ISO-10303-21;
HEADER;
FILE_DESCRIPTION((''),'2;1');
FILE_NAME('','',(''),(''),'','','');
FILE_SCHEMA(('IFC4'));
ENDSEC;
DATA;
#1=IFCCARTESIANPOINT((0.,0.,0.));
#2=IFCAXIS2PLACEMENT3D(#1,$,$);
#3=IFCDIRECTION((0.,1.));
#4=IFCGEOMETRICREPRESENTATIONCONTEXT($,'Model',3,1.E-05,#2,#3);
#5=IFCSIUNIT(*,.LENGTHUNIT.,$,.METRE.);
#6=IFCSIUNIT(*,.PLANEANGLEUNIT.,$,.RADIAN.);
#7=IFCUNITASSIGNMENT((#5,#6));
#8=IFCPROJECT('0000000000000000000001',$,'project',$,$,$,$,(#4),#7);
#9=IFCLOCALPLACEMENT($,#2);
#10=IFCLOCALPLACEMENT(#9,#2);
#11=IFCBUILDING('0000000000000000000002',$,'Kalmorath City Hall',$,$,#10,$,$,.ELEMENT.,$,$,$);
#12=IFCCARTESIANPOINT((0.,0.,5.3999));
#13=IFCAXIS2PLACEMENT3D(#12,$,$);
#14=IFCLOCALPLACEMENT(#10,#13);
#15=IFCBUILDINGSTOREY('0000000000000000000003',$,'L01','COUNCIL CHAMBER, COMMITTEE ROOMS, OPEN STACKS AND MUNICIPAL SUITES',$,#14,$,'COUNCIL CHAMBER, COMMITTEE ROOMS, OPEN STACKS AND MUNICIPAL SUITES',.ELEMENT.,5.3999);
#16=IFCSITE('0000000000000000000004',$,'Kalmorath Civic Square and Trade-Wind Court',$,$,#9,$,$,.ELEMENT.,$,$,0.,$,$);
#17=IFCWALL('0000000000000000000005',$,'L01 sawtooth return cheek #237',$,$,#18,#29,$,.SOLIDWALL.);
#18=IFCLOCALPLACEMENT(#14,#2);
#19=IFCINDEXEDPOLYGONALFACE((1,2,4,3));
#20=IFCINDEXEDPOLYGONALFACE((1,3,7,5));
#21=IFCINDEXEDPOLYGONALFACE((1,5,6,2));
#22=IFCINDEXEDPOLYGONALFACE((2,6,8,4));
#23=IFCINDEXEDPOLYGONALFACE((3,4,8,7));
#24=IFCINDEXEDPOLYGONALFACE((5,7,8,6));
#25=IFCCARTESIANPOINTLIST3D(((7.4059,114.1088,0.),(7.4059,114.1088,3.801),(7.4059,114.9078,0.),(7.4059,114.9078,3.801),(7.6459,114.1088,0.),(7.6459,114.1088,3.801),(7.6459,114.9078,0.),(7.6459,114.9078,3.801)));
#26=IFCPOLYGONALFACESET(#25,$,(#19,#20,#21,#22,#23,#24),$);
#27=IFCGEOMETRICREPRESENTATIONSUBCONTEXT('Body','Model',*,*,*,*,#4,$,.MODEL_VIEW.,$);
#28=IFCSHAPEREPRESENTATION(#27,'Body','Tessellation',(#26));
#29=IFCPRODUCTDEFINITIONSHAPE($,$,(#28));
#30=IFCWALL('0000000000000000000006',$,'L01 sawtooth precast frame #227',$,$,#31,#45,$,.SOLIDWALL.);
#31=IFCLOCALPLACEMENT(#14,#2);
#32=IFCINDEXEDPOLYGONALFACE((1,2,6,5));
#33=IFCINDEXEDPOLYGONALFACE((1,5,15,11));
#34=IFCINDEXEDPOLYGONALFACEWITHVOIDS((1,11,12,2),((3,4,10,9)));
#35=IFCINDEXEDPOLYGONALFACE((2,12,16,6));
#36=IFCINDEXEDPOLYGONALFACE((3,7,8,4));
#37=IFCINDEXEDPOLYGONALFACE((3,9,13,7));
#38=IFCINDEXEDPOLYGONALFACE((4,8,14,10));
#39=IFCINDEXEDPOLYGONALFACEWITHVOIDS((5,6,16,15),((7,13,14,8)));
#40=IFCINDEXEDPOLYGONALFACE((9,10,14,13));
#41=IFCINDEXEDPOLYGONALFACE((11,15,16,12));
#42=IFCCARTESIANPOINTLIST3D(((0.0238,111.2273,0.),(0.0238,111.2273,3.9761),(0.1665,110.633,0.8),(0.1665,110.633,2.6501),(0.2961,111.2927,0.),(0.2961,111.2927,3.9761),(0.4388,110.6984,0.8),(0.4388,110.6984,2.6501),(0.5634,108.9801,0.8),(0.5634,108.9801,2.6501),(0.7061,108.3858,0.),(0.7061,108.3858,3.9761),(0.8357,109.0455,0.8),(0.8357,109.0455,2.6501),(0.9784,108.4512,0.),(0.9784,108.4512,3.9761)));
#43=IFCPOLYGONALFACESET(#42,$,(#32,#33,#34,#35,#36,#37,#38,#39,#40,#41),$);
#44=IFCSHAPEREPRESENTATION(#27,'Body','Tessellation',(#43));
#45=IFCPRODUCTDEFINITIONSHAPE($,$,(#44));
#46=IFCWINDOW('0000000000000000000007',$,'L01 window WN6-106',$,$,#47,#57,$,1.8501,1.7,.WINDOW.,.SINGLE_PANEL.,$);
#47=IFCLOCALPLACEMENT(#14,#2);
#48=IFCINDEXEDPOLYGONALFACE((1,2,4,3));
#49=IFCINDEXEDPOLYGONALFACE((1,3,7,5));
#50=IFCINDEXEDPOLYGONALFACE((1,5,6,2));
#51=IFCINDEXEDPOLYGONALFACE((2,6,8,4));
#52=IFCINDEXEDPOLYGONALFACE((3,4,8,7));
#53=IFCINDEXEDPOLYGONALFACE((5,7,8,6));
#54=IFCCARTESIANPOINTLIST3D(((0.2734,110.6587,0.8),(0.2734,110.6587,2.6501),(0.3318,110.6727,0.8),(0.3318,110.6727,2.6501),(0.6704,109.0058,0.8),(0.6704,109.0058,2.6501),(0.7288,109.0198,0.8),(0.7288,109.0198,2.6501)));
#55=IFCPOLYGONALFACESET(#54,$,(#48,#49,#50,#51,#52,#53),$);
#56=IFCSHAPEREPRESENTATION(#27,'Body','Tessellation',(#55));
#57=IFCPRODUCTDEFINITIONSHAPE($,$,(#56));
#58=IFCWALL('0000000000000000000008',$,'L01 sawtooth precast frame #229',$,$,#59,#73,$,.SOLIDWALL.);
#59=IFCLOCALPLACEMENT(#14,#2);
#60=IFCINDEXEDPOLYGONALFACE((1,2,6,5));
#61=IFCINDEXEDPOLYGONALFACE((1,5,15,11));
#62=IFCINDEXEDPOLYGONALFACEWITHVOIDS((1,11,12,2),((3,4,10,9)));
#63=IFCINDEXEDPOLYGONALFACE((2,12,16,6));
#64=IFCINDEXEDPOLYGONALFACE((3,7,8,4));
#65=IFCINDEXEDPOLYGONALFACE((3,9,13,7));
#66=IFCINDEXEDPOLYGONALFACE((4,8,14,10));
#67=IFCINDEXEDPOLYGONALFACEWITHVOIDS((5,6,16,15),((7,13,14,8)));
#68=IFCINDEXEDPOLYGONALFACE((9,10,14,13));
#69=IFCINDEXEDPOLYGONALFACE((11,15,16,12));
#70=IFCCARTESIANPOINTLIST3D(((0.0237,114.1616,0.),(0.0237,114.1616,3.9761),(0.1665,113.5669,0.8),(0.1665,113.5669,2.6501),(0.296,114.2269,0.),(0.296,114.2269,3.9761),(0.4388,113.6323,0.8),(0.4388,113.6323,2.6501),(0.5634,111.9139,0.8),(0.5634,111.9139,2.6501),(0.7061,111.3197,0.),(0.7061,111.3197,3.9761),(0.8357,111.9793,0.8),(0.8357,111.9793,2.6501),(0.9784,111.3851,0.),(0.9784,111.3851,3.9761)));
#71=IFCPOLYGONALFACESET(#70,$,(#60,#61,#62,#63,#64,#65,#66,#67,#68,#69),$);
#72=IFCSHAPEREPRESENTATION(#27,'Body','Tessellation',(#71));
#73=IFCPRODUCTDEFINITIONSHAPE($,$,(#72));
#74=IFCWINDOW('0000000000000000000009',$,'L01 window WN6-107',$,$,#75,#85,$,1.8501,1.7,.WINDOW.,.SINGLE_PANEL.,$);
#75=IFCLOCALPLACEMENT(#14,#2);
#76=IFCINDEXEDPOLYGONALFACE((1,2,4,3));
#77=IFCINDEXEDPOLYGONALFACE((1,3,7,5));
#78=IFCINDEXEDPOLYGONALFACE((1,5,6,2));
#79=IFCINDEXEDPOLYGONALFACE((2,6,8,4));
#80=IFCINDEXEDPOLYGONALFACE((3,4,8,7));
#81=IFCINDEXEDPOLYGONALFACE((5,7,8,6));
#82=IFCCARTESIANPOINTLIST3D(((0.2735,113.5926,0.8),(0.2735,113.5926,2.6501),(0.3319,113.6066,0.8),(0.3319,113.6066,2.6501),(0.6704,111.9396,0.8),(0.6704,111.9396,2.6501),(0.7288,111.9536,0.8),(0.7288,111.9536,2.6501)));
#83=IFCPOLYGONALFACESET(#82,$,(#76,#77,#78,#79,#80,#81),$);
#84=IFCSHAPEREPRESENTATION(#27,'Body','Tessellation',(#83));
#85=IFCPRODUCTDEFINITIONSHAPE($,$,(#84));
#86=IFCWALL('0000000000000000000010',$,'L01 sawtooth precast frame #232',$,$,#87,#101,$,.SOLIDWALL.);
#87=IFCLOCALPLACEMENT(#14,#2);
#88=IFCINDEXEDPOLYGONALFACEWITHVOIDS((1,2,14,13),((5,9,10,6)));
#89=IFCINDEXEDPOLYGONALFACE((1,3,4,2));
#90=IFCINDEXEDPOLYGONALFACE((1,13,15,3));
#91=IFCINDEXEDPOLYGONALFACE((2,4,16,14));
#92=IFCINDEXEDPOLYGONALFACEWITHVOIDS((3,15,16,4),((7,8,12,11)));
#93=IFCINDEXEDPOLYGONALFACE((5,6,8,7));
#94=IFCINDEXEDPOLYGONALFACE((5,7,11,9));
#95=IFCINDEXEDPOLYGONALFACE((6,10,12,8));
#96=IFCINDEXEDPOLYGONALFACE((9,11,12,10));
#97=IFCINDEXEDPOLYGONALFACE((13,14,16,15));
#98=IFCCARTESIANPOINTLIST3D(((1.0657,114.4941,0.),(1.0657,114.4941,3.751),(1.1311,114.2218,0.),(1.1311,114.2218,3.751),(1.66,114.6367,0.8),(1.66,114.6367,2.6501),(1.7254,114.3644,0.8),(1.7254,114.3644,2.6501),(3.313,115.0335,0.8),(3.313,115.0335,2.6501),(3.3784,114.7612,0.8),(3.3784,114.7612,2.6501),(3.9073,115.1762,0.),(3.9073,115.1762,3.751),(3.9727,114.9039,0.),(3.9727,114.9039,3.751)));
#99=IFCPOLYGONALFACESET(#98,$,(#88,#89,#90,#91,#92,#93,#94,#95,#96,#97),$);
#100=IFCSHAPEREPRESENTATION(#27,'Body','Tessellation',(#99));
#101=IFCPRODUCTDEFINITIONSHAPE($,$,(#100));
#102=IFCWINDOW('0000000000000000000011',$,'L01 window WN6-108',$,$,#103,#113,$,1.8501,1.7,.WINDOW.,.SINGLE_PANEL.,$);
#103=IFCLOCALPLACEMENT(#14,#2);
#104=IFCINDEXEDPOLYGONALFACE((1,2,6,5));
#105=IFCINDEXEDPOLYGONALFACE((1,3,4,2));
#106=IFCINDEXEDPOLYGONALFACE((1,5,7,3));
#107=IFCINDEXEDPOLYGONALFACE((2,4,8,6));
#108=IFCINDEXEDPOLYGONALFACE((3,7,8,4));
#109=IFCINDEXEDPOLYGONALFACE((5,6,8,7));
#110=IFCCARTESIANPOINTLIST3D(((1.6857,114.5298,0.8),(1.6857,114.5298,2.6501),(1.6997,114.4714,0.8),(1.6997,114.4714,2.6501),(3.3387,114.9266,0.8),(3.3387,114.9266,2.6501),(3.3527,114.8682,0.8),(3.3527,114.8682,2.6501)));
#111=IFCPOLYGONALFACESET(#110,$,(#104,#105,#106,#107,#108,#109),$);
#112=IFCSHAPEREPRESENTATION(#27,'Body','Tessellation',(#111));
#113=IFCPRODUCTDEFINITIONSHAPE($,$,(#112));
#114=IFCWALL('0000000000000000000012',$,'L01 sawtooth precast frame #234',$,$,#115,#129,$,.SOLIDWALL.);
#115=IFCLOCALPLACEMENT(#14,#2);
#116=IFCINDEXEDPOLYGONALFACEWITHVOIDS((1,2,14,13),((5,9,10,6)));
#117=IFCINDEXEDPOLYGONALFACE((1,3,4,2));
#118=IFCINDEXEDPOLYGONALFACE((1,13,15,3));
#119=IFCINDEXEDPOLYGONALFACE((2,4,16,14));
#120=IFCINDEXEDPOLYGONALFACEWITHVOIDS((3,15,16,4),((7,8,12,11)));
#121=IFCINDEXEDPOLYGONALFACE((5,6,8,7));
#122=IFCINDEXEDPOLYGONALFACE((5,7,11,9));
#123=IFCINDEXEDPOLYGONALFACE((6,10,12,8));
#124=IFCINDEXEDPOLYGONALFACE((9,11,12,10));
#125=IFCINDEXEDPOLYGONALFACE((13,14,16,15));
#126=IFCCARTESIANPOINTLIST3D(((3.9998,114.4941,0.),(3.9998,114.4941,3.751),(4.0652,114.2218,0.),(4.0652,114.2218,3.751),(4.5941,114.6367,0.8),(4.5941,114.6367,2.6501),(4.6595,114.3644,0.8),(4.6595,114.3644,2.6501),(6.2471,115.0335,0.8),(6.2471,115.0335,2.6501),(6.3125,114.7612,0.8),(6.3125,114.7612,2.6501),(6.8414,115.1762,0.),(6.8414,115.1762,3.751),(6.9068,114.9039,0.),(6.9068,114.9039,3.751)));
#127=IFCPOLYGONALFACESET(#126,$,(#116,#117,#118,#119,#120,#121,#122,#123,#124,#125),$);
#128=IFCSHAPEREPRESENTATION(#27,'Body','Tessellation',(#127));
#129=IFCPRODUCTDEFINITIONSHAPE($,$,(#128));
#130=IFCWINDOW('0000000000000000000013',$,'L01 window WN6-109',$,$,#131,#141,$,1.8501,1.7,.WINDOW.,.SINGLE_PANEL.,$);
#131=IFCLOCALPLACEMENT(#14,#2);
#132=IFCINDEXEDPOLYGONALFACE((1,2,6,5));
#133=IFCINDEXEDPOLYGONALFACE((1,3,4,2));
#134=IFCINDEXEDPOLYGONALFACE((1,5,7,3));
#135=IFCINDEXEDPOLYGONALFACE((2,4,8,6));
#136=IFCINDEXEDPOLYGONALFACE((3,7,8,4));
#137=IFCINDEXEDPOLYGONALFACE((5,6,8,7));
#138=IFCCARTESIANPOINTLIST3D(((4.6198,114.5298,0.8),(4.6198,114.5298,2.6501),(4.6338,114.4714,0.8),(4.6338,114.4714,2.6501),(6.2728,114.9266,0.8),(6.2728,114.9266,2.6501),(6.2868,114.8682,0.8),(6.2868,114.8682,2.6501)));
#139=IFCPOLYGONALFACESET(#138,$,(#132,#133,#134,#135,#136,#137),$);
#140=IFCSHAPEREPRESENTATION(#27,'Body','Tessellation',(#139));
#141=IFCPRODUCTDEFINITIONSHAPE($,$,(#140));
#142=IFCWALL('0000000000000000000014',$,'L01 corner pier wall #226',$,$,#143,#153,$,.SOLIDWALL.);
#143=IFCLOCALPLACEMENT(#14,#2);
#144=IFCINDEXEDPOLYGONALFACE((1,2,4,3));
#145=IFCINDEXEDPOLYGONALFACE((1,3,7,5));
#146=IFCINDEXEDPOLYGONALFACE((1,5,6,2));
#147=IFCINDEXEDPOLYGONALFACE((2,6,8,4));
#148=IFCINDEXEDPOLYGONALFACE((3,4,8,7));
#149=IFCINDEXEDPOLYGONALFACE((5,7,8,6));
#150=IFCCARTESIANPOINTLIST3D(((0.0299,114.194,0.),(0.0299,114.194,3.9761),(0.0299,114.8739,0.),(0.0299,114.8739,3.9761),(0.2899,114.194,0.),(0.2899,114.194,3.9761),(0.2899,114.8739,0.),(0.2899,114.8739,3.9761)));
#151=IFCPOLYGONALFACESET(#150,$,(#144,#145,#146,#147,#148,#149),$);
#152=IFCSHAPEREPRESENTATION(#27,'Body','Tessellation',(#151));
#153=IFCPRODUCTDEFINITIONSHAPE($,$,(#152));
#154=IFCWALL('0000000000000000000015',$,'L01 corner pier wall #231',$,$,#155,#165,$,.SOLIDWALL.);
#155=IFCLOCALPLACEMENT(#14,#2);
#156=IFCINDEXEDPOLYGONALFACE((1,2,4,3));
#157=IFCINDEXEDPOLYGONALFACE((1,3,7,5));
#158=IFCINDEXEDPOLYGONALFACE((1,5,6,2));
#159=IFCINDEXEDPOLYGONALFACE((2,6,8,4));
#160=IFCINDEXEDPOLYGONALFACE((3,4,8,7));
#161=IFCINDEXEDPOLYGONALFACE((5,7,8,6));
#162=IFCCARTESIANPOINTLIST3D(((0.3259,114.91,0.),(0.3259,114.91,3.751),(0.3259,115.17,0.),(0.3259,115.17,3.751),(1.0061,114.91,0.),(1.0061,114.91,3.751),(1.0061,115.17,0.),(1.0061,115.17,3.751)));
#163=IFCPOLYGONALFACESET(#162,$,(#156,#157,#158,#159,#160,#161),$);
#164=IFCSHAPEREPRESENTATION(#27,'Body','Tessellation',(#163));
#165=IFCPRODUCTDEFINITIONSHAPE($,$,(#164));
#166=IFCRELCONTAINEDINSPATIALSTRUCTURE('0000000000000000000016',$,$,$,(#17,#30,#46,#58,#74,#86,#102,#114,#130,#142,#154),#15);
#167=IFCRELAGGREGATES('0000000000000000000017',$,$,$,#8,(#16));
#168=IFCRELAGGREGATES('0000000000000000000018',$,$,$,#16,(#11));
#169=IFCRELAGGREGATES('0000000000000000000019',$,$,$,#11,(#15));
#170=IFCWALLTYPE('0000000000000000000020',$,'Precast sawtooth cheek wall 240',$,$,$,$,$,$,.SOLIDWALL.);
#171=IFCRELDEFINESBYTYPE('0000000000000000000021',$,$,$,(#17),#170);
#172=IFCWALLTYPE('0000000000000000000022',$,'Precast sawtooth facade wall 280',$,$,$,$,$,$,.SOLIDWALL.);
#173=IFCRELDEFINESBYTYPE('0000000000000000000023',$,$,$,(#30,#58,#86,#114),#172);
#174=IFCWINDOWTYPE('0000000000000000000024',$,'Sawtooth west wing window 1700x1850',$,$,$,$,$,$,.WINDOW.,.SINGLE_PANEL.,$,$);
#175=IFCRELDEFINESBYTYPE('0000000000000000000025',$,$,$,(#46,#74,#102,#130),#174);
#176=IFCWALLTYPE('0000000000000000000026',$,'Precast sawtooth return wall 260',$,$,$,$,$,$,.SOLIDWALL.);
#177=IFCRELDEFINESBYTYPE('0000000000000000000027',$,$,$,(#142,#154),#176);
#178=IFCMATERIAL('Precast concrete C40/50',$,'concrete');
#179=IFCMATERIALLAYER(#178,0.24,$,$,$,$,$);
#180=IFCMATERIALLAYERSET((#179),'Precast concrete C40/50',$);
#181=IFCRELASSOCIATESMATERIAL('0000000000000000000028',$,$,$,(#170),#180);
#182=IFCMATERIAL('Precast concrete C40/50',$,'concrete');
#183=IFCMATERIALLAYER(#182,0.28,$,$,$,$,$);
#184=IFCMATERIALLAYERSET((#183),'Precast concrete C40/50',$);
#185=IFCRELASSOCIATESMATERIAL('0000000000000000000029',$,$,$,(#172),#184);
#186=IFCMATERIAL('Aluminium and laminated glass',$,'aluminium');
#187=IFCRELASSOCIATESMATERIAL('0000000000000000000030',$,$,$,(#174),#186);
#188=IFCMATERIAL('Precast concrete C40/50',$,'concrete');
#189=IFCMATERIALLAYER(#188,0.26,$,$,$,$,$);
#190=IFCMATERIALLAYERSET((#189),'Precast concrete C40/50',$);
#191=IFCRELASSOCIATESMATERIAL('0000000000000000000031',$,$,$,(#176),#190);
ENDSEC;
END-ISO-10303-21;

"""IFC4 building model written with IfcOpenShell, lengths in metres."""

from ifc_helpers import new_model, si_unit, direction, frame, frame_2d, origin, place, context, subcontext, project, spatial, rectangle, extrude, material, layer, layer_set, type_object, element, fill, save


model = new_model("IFC4")

# Units and contexts
model_context = context("Model", 3, precision=1e-05, world=origin(), true_north=direction((0.0, 1.0)))
body_context = subcontext(model_context, "Body", "Model", "MODEL_VIEW")
ifc_project = project(units=[si_unit("LENGTHUNIT", "METRE"), si_unit("PLANEANGLEUNIT", "RADIAN")], contexts=[model_context])

# Site, building, storey
site_placement = place(None, origin())
site = spatial("IfcSite", under=ifc_project, at=site_placement, Name="Kalmorath Civic Square and Trade-Wind Court", CompositionType="ELEMENT", RefElevation=0.0)
building_placement = place(site_placement, origin())
building = spatial("IfcBuilding", under=site, at=building_placement, Name="Kalmorath City Hall", CompositionType="ELEMENT")
storey_placement = place(building_placement, frame((0.0, 0.0, 5.3999)))
storey = spatial("IfcBuildingStorey", under=building, at=storey_placement, Name="L01", Description="COUNCIL CHAMBER, COMMITTEE ROOMS, OPEN STACKS AND MUNICIPAL SUITES", LongName="COUNCIL CHAMBER, COMMITTEE ROOMS, OPEN STACKS AND MUNICIPAL SUITES", CompositionType="ELEMENT", Elevation=5.3999)

# Wall
ifc_material_1 = material(Name="Precast concrete C40/50", Category="concrete")
ifc_layer_1 = layer(ifc_material_1, 0.24)
ifc_layer_set_1 = layer_set([ifc_layer_1], Name="Precast concrete C40/50")
wall_type_1 = type_object("IfcWallType", Name="Precast sawtooth cheek wall 240", PredefinedType="SOLIDWALL", material=ifc_layer_set_1)
wall_1_placement = place(storey_placement, frame((7.5259, 114.1089, 0.0), z_axis=(0.0, 0.0, 1.0), x_axis=(0.0, 1.0, 0.0)))
element("IfcWall", 1, at=wall_1_placement, inside=storey, type_object=wall_type_1, Name="L01 sawtooth return cheek #237", PredefinedType="SOLIDWALL", context=body_context, shape_type="SweptSolid", body=[
    extrude(rectangle(XDim=0.7991, YDim=0.24, at=frame_2d((0.3994, 0.0))), origin(), (0.0, 0.0, 1.0), 3.801),
])

# Walls, openings, windows
ifc_material_2 = material(Name="Precast concrete C40/50", Category="concrete")
ifc_layer_2 = layer(ifc_material_2, 0.28)
ifc_layer_set_2 = layer_set([ifc_layer_2], Name="Precast concrete C40/50")
wall_type_2 = type_object("IfcWallType", Name="Precast sawtooth facade wall 280", PredefinedType="SOLIDWALL", material=ifc_layer_set_2)
wall_2_placement = place(storey_placement, frame((0.8423, 108.4185, 0.0), z_axis=(0.0, 0.0, 1.0), x_axis=(-0.233502, 0.972356, 0.0)))
wall_2 = element("IfcWall", 2, at=wall_2_placement, inside=storey, type_object=wall_type_2, Name="L01 sawtooth precast frame #227", PredefinedType="SOLIDWALL", context=body_context, shape_type="SweptSolid", body=[
    extrude(rectangle(XDim=2.9224, YDim=0.28, at=frame_2d((1.4612, 0.0))), origin(), (0.0, 0.0, 1.0), 3.9761),
])
opening_1_placement = place(wall_2_placement, frame((0.6111, 0.0, 0.8)))
opening_1 = element("IfcOpeningElement", 3, at=opening_1_placement, cuts=wall_2, PredefinedType="OPENING", context=body_context, shape_type="SweptSolid", body=[
    extrude(rectangle(XDim=1.7, YDim=1.8501, at=frame_2d((0.8501, 0.925))), frame((0.0, 0.1499, 0.0), z_axis=(0.0, -1.0, 0.0), x_axis=(1.0, 0.0, 0.0)), (0.0, 0.0, 1.0), 0.3),
])
ifc_material_3 = material(Name="Aluminium and laminated glass", Category="aluminium")
window_type = type_object("IfcWindowType", Name="Sawtooth west wing window 1700x1850", PartitioningType="SINGLE_PANEL", PredefinedType="WINDOW", material=ifc_material_3)
window_1_placement = place(opening_1_placement, origin())
window_1 = element("IfcWindow", 4, at=window_1_placement, inside=storey, type_object=window_type, Name="L01 window WN6-106", OverallHeight=1.8501, OverallWidth=1.7, PartitioningType="SINGLE_PANEL", PredefinedType="WINDOW", context=body_context, shape_type="SweptSolid", body=[
    extrude(rectangle(XDim=1.7, YDim=1.8501, at=frame_2d((0.8501, 0.925))), frame((0.0, 0.03, 0.0), z_axis=(0.0, -1.0, 0.0), x_axis=(1.0, 0.0, 0.0)), (0.0, 0.0, 1.0), 0.0601),
])
fill(opening_1, window_1)
wall_3_placement = place(storey_placement, frame((0.8423, 111.3523, 0.0), z_axis=(0.0, 0.0, 1.0), x_axis=(-0.233484, 0.972361, 0.0)))
wall_3 = element("IfcWall", 5, at=wall_3_placement, inside=storey, type_object=wall_type_2, Name="L01 sawtooth precast frame #229", PredefinedType="SOLIDWALL", context=body_context, shape_type="SweptSolid", body=[
    extrude(rectangle(XDim=2.9226, YDim=0.28, at=frame_2d((1.4614, 0.0))), origin(), (0.0, 0.0, 1.0), 3.9761),
])
opening_2_placement = place(wall_3_placement, frame((0.6111, 0.0, 0.8)))
opening_2 = element("IfcOpeningElement", 6, at=opening_2_placement, cuts=wall_3, PredefinedType="OPENING", context=body_context, shape_type="SweptSolid", body=[
    extrude(rectangle(XDim=1.7, YDim=1.8501, at=frame_2d((0.8501, 0.925))), frame((0.0, 0.1499, 0.0), z_axis=(0.0, -1.0, 0.0), x_axis=(1.0, 0.0, 0.0)), (0.0, 0.0, 1.0), 0.3),
])
window_2_placement = place(opening_2_placement, origin())
window_2 = element("IfcWindow", 7, at=window_2_placement, inside=storey, type_object=window_type, Name="L01 window WN6-107", OverallHeight=1.8501, OverallWidth=1.7, PartitioningType="SINGLE_PANEL", PredefinedType="WINDOW", context=body_context, shape_type="SweptSolid", body=[
    extrude(rectangle(XDim=1.7, YDim=1.8501, at=frame_2d((0.8501, 0.925))), frame((0.0, 0.03, 0.0), z_axis=(0.0, -1.0, 0.0), x_axis=(1.0, 0.0, 0.0)), (0.0, 0.0, 1.0), 0.0601),
])
fill(opening_2, window_2)
wall_4_placement = place(storey_placement, frame((1.0984, 114.3579, 0.0), z_axis=(0.0, 0.0, 1.0), x_axis=(0.972375, 0.233424, 0.0)))
wall_4 = element("IfcWall", 8, at=wall_4_placement, inside=storey, type_object=wall_type_2, Name="L01 sawtooth precast frame #232", PredefinedType="SOLIDWALL", context=body_context, shape_type="SweptSolid", body=[
    extrude(rectangle(XDim=2.9224, YDim=0.28, at=frame_2d((1.4612, 0.0))), origin(), (0.0, 0.0, 1.0), 3.751),
])
opening_3_placement = place(wall_4_placement, frame((0.6111, 0.0, 0.8)))
opening_3 = element("IfcOpeningElement", 9, at=opening_3_placement, cuts=wall_4, PredefinedType="OPENING", context=body_context, shape_type="SweptSolid", body=[
    extrude(rectangle(XDim=1.7, YDim=1.8501, at=frame_2d((0.8501, 0.925))), frame((0.0, 0.1499, 0.0), z_axis=(0.0, -1.0, 0.0), x_axis=(1.0, 0.0, 0.0)), (0.0, 0.0, 1.0), 0.3),
])
window_3_placement = place(opening_3_placement, origin())
window_3 = element("IfcWindow", 10, at=window_3_placement, inside=storey, type_object=window_type, Name="L01 window WN6-108", OverallHeight=1.8501, OverallWidth=1.7, PartitioningType="SINGLE_PANEL", PredefinedType="WINDOW", context=body_context, shape_type="SweptSolid", body=[
    extrude(rectangle(XDim=1.7, YDim=1.8501, at=frame_2d((0.8501, 0.925))), frame((0.0, 0.03, 0.0), z_axis=(0.0, -1.0, 0.0), x_axis=(1.0, 0.0, 0.0)), (0.0, 0.0, 1.0), 0.0601),
])
fill(opening_3, window_3)
wall_5_placement = place(storey_placement, frame((4.0325, 114.3579, 0.0), z_axis=(0.0, 0.0, 1.0), x_axis=(0.972375, 0.233424, 0.0)))
wall_5 = element("IfcWall", 11, at=wall_5_placement, inside=storey, type_object=wall_type_2, Name="L01 sawtooth precast frame #234", PredefinedType="SOLIDWALL", context=body_context, shape_type="SweptSolid", body=[
    extrude(rectangle(XDim=2.9224, YDim=0.28, at=frame_2d((1.4612, 0.0))), origin(), (0.0, 0.0, 1.0), 3.751),
])
opening_4_placement = place(wall_5_placement, frame((0.6111, 0.0, 0.8)))
opening_4 = element("IfcOpeningElement", 12, at=opening_4_placement, cuts=wall_5, PredefinedType="OPENING", context=body_context, shape_type="SweptSolid", body=[
    extrude(rectangle(XDim=1.7, YDim=1.8501, at=frame_2d((0.8501, 0.925))), frame((0.0, 0.1499, 0.0), z_axis=(0.0, -1.0, 0.0), x_axis=(1.0, 0.0, 0.0)), (0.0, 0.0, 1.0), 0.3),
])
window_4_placement = place(opening_4_placement, origin())
window_4 = element("IfcWindow", 13, at=window_4_placement, inside=storey, type_object=window_type, Name="L01 window WN6-109", OverallHeight=1.8501, OverallWidth=1.7, PartitioningType="SINGLE_PANEL", PredefinedType="WINDOW", context=body_context, shape_type="SweptSolid", body=[
    extrude(rectangle(XDim=1.7, YDim=1.8501, at=frame_2d((0.8501, 0.925))), frame((0.0, 0.03, 0.0), z_axis=(0.0, -1.0, 0.0), x_axis=(1.0, 0.0, 0.0)), (0.0, 0.0, 1.0), 0.0601),
])
fill(opening_4, window_4)

# Walls
ifc_material_4 = material(Name="Precast concrete C40/50", Category="concrete")
ifc_layer_3 = layer(ifc_material_4, 0.26)
ifc_layer_set_3 = layer_set([ifc_layer_3], Name="Precast concrete C40/50")
wall_type_3 = type_object("IfcWallType", Name="Precast sawtooth return wall 260", PredefinedType="SOLIDWALL", material=ifc_layer_set_3)
wall_6_placement = place(storey_placement, frame((0.1599, 114.1941, 0.0), z_axis=(0.0, 0.0, 1.0), x_axis=(0.0, 1.0, 0.0)))
element("IfcWall", 14, at=wall_6_placement, inside=storey, type_object=wall_type_3, Name="L01 corner pier wall #226", PredefinedType="SOLIDWALL", context=body_context, shape_type="SweptSolid", body=[
    extrude(rectangle(XDim=0.6799, YDim=0.26, at=frame_2d((0.3398, 0.0))), origin(), (0.0, 0.0, 1.0), 3.9761),
])
wall_7_placement = place(storey_placement, frame((0.3259, 115.04, 0.0), z_axis=(0.0, 0.0, 1.0), x_axis=(1.0, 0.0, 0.0)))
element("IfcWall", 15, at=wall_7_placement, inside=storey, type_object=wall_type_3, Name="L01 corner pier wall #231", PredefinedType="SOLIDWALL", context=body_context, shape_type="SweptSolid", body=[
    extrude(rectangle(XDim=0.6802, YDim=0.26, at=frame_2d((0.3401, 0.0))), origin(), (0.0, 0.0, 1.0), 3.751),
])

save(model, "model.ifc")
